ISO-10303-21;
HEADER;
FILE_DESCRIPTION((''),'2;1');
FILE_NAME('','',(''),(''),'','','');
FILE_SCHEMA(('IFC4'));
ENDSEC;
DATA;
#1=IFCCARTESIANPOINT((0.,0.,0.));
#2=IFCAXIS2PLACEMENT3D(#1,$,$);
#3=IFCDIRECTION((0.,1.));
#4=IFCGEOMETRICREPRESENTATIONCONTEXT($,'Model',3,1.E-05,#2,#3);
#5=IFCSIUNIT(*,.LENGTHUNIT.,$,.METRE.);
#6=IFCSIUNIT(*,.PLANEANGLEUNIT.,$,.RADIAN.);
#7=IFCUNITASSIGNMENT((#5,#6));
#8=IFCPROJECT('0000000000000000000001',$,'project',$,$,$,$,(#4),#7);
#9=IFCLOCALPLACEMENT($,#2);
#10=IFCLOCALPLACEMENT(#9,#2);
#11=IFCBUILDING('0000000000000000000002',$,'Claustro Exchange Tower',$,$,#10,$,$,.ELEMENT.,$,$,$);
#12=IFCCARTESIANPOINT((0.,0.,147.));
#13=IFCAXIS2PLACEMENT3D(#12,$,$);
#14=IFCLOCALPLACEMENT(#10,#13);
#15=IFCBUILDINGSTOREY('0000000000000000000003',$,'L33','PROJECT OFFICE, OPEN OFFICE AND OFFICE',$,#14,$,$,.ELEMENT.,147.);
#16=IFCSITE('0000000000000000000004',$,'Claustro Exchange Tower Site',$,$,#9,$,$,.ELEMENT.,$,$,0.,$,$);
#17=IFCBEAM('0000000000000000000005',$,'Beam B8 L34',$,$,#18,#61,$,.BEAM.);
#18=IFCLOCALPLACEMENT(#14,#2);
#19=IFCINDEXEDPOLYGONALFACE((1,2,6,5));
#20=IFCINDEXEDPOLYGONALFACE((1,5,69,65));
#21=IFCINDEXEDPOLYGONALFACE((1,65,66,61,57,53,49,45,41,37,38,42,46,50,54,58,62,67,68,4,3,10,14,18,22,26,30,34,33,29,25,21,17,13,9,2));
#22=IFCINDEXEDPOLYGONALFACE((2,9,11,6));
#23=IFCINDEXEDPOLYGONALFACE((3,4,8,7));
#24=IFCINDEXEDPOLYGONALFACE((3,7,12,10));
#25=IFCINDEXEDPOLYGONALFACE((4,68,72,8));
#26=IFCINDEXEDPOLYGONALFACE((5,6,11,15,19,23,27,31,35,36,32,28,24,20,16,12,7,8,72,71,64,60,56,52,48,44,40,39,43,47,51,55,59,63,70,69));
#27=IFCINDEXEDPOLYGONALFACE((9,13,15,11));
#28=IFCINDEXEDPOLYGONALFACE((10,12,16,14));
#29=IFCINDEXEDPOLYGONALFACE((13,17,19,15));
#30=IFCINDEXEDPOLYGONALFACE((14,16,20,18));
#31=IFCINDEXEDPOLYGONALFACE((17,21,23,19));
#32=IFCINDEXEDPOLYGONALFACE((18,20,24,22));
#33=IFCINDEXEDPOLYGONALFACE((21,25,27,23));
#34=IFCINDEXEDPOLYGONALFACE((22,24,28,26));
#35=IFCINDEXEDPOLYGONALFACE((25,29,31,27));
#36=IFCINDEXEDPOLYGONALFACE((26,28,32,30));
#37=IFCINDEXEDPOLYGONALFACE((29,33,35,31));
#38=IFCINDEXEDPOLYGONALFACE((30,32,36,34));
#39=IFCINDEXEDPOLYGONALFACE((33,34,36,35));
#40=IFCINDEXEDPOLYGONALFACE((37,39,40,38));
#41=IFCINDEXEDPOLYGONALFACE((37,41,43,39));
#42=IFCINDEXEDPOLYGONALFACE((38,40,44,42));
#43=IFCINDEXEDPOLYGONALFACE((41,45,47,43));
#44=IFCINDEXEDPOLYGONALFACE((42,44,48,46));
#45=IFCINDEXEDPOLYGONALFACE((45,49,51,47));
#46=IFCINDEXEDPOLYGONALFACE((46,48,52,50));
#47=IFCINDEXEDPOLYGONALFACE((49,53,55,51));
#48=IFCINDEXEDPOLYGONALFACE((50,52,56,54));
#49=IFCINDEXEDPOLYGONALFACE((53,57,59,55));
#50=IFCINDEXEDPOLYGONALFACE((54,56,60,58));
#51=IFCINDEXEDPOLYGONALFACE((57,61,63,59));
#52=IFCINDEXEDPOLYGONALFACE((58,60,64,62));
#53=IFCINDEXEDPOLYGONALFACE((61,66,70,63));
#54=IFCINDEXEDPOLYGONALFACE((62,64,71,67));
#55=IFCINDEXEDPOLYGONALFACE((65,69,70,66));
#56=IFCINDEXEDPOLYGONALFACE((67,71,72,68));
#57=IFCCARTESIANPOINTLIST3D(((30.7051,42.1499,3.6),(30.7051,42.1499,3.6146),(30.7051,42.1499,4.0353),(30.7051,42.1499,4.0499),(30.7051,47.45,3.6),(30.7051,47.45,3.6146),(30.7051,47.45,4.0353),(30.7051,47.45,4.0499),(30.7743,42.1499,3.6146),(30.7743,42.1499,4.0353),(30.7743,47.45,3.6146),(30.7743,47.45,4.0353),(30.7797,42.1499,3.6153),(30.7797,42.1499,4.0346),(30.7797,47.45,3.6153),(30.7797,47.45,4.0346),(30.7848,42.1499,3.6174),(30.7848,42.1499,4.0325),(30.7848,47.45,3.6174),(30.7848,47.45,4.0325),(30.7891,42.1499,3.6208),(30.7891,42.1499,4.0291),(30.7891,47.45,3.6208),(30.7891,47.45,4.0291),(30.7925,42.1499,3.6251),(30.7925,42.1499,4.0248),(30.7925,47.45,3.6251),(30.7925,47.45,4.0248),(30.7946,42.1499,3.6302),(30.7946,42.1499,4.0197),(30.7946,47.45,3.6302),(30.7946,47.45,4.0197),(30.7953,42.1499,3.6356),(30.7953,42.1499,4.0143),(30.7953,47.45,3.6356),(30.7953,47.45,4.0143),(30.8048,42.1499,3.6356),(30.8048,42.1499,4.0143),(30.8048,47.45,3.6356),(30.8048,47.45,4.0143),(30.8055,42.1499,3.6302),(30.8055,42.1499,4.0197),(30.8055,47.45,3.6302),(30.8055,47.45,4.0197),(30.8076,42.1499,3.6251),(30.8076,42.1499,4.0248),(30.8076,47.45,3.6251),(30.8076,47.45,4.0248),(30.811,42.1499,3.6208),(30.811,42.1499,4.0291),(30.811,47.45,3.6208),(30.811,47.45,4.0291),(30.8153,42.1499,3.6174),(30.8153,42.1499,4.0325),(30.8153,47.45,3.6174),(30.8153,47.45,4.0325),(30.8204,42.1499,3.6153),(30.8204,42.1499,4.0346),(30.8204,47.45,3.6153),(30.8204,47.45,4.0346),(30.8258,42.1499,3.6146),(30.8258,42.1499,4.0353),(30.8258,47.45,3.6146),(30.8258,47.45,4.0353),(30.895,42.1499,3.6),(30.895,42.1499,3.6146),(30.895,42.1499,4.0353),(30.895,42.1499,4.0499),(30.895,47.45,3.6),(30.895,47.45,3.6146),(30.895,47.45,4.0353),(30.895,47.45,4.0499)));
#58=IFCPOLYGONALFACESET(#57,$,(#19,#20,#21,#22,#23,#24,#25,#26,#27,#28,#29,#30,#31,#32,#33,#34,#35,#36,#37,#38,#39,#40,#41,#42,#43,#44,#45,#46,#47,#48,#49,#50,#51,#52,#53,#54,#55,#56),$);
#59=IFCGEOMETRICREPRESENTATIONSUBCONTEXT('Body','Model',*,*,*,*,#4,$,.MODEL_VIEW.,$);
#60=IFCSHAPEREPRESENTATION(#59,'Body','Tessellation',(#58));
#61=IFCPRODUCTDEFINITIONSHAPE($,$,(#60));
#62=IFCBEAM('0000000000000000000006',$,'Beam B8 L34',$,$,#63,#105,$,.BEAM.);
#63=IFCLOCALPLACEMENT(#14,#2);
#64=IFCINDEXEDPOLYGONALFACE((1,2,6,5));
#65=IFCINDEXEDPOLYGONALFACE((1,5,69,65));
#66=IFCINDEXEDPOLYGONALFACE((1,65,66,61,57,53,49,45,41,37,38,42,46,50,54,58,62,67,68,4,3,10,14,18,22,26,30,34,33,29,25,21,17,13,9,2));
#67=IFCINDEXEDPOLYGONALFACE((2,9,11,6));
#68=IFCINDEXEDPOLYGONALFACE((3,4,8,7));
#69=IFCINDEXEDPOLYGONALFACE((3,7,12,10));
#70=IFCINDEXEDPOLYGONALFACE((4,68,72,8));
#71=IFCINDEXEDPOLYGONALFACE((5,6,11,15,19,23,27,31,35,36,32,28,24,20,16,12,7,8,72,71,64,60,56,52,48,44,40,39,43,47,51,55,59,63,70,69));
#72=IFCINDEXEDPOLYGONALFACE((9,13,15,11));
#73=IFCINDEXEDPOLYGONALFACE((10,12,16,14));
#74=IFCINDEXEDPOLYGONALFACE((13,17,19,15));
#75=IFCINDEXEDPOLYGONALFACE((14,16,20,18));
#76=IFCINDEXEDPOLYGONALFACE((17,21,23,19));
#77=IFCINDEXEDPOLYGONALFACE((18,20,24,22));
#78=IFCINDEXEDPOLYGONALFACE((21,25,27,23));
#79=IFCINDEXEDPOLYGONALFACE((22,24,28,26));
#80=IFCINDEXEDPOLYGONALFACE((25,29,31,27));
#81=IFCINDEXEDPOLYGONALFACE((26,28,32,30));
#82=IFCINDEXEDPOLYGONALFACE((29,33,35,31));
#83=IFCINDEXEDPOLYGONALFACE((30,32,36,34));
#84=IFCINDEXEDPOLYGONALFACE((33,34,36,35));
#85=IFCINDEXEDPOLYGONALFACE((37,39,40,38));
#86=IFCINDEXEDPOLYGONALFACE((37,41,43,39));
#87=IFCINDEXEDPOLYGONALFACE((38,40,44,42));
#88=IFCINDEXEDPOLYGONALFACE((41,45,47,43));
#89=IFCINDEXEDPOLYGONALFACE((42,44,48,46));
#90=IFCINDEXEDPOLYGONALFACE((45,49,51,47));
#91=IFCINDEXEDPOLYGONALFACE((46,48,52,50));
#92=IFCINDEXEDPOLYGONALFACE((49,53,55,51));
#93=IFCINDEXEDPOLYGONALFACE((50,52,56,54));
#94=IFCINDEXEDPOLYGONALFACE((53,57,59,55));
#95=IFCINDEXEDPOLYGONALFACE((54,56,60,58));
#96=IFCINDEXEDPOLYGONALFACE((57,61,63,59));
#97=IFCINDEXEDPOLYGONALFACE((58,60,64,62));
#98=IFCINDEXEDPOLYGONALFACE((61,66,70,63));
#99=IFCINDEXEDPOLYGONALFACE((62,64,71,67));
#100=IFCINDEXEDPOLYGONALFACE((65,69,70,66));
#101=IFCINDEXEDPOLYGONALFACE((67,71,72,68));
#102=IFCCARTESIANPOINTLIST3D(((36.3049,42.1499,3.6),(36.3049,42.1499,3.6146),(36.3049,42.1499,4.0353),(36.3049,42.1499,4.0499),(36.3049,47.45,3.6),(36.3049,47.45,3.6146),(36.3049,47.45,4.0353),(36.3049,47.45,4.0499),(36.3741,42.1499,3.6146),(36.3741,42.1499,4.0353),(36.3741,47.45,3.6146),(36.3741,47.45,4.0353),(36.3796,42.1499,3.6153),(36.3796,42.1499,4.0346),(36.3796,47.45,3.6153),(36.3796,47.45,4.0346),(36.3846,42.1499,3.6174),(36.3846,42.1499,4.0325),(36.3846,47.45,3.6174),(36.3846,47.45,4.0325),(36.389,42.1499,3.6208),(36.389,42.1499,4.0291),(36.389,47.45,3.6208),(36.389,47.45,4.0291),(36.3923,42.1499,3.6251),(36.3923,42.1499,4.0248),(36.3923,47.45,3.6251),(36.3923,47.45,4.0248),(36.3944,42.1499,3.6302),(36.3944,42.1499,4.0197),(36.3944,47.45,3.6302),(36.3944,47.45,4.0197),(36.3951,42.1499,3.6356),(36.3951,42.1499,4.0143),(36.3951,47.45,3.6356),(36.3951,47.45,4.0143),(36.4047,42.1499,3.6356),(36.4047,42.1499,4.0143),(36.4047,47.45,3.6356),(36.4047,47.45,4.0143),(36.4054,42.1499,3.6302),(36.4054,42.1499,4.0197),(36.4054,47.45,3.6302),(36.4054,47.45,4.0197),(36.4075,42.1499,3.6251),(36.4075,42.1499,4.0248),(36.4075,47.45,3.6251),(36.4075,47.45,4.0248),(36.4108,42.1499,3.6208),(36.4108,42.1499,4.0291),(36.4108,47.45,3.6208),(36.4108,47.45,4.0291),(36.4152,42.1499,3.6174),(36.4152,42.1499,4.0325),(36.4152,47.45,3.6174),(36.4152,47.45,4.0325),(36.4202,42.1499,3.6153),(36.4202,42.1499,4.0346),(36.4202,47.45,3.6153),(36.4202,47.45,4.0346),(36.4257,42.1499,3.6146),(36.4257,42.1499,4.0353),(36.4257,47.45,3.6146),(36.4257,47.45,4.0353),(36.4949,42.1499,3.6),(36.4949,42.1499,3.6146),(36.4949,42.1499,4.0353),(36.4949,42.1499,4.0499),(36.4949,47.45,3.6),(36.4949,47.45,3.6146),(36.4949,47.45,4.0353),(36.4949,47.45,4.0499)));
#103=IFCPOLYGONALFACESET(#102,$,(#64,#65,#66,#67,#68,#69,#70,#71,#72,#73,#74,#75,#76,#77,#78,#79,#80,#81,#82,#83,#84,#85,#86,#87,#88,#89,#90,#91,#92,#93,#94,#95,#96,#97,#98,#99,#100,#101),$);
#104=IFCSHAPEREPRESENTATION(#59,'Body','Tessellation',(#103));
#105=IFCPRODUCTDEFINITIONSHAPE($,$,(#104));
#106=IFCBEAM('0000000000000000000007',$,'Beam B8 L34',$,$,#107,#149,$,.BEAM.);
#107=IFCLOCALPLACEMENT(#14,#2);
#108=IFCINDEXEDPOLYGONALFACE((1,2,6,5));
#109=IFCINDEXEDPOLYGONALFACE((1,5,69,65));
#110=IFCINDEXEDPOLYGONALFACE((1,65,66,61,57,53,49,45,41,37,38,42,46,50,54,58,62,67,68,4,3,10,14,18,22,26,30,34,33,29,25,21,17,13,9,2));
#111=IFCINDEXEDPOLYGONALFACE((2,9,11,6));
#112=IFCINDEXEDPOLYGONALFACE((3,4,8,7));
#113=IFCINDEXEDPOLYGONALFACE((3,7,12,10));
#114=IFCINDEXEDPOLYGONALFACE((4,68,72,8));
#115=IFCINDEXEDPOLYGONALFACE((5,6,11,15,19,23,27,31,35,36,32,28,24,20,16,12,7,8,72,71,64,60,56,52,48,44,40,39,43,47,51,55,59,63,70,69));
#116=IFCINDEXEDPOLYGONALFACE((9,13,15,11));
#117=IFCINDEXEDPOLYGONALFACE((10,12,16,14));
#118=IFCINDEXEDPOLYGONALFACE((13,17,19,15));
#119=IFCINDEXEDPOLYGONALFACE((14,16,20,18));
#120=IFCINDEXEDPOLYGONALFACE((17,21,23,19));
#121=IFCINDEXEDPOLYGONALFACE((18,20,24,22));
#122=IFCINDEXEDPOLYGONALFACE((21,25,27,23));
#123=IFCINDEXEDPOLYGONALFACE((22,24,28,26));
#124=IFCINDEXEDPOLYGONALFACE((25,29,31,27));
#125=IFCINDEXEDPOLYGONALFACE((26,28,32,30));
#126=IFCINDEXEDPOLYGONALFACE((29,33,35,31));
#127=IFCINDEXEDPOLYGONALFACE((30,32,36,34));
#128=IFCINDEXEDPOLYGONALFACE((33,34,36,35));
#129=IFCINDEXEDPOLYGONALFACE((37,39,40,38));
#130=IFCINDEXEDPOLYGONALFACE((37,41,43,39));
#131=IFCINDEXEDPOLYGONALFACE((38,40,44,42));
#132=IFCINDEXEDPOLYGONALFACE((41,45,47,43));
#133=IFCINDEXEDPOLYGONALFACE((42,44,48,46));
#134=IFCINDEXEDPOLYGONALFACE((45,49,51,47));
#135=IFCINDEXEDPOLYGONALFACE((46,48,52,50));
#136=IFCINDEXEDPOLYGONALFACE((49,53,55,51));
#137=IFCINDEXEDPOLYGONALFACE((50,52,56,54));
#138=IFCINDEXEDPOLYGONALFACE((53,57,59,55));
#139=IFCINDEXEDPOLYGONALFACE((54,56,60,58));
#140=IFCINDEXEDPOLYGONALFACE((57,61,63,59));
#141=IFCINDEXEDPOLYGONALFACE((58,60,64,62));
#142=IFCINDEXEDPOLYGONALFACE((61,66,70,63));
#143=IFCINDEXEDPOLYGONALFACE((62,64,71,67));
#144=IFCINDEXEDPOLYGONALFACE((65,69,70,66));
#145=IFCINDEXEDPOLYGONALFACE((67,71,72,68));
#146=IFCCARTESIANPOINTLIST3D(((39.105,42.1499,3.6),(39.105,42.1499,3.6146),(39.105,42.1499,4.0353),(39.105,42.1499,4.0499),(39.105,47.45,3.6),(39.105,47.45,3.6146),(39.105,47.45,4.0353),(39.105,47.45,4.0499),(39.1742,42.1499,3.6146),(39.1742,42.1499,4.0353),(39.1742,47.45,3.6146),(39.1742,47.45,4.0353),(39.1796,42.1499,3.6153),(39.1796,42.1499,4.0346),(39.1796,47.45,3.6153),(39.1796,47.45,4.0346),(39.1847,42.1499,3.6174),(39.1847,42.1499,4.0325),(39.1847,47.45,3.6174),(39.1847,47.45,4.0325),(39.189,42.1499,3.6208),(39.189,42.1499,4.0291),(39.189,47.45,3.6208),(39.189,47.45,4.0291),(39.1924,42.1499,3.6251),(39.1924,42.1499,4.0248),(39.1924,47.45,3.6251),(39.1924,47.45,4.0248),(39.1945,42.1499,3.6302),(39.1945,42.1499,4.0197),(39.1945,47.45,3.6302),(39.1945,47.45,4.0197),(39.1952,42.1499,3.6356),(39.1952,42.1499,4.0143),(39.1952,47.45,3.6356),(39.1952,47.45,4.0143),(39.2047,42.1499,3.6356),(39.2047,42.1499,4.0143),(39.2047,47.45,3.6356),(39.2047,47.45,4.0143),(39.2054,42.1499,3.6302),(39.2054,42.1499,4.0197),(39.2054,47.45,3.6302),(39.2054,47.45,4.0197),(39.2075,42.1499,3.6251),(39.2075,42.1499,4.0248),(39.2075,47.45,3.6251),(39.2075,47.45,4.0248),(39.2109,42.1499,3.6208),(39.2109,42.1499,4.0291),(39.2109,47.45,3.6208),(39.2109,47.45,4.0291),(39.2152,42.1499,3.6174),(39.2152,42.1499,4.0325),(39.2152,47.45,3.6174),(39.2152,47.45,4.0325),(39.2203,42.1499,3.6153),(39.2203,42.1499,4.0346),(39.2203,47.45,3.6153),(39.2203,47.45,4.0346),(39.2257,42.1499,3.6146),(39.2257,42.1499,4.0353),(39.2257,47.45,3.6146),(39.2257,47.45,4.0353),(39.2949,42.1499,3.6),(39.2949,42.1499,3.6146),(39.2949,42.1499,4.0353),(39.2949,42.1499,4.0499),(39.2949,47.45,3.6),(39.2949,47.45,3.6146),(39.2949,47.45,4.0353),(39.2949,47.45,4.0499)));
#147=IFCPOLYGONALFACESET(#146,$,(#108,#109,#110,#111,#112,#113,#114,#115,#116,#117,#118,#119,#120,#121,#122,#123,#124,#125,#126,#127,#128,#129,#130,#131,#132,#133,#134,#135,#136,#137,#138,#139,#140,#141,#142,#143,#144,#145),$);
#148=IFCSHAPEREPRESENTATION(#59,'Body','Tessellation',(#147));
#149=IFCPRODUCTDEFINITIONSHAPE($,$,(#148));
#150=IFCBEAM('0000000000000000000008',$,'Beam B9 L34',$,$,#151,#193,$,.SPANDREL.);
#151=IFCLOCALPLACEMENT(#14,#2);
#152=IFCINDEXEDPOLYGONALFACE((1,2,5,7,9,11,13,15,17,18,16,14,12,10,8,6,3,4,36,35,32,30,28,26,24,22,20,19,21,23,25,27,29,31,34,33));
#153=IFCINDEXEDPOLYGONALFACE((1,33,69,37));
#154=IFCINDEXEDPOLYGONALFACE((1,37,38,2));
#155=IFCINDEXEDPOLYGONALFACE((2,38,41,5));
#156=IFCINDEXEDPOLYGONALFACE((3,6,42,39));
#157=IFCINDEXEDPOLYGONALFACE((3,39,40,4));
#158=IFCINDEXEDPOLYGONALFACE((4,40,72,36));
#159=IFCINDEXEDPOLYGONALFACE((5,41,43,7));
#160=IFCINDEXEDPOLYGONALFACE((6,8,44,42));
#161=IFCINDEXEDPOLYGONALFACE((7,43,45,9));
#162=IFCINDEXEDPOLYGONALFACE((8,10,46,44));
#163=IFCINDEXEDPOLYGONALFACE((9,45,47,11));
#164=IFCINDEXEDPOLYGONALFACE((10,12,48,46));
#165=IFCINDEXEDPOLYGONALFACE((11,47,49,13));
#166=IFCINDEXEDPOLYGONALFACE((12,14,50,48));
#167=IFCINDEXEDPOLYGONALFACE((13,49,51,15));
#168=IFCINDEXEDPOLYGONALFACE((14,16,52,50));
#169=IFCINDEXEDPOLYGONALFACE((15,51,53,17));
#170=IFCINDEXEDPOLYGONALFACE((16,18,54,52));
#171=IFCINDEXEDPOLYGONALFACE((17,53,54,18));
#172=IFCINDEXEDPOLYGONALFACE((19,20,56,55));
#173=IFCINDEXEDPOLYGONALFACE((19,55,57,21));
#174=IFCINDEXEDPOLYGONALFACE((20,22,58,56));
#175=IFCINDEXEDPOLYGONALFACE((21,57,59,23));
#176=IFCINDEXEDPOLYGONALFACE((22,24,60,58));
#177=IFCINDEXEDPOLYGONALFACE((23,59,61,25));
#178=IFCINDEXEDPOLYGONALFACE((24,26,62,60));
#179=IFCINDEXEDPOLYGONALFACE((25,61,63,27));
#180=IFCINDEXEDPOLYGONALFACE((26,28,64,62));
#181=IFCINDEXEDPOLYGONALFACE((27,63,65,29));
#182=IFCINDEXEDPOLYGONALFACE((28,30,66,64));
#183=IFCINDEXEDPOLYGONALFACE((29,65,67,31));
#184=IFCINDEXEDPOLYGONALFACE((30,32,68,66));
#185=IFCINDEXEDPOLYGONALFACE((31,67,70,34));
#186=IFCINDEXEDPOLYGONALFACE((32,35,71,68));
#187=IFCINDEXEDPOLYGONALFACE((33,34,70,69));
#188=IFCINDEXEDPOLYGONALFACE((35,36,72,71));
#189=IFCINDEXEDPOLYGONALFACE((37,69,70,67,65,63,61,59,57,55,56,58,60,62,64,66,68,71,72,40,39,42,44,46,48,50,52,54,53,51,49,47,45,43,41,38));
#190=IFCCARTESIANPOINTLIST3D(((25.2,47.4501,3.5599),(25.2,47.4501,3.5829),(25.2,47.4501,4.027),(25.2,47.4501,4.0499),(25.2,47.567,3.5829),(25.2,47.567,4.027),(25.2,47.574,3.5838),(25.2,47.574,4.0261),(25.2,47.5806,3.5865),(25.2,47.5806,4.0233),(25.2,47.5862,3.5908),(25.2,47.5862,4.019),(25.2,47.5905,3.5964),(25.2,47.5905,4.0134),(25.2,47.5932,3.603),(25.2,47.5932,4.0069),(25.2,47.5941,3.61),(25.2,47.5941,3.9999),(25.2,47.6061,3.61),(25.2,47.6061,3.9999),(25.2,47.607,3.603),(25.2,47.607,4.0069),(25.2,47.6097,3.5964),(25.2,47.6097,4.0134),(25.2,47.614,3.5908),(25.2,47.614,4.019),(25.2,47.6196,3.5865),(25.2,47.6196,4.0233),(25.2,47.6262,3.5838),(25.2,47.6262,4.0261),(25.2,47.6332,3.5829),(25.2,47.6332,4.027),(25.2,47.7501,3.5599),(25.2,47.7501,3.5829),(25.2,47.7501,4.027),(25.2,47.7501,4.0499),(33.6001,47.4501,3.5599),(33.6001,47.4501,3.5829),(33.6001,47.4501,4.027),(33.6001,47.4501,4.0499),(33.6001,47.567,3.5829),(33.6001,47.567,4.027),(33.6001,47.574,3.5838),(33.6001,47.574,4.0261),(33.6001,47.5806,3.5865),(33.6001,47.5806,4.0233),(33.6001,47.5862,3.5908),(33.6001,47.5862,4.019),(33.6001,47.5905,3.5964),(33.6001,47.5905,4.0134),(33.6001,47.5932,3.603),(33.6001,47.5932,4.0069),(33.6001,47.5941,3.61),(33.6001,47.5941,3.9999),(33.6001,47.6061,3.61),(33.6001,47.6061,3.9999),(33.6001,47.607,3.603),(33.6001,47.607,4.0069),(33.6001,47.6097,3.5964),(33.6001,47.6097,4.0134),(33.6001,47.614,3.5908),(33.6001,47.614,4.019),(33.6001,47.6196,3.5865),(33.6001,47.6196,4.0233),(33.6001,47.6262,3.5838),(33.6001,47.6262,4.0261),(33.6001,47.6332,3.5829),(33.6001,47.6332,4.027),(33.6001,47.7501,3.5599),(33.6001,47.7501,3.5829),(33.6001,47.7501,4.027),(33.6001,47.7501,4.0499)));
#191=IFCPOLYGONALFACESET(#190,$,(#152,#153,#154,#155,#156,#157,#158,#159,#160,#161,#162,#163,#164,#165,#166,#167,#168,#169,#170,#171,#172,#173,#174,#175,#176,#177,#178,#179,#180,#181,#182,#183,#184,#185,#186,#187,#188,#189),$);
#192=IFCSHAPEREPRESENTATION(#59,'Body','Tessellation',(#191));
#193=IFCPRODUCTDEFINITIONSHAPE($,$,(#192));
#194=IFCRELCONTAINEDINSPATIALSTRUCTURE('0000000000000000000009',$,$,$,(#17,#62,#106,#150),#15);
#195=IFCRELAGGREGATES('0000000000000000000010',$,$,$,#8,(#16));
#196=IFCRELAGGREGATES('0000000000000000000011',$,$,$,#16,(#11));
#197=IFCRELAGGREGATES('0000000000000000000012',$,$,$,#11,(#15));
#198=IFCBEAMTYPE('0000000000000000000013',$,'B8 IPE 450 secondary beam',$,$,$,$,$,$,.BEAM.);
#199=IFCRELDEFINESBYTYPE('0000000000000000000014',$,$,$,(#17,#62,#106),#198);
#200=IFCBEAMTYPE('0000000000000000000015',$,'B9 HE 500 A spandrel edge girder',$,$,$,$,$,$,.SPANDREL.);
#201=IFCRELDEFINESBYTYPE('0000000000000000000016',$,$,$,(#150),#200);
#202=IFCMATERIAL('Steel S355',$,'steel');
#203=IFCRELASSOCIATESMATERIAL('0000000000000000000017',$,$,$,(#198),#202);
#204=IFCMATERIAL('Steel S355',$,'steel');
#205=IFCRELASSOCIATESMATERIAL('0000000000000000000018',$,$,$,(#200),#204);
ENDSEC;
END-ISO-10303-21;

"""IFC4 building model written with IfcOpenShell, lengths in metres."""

from ifc_helpers import new_model, si_unit, direction, frame, origin, origin_2d, place, context, subcontext, project, spatial, i_section, extrude, material, material_profile, profile_set, type_object, element, save


model = new_model("IFC4")

# Units and contexts
model_context = context("Model", 3, precision=1e-05, world=origin(), true_north=direction((0.0, 1.0)))
body_context = subcontext(model_context, "Body", "Model", "MODEL_VIEW")
ifc_project = project(units=[si_unit("LENGTHUNIT", "METRE"), si_unit("PLANEANGLEUNIT", "RADIAN")], contexts=[model_context])

# Site, building, storey
site_placement = place(None, origin())
site = spatial("IfcSite", under=ifc_project, at=site_placement, Name="Claustro Exchange Tower Site", CompositionType="ELEMENT", RefElevation=0.0)
building_placement = place(site_placement, origin())
building = spatial("IfcBuilding", under=site, at=building_placement, Name="Claustro Exchange Tower", CompositionType="ELEMENT")
storey_placement = place(building_placement, frame((0.0, 0.0, 147.0)))
storey = spatial("IfcBuildingStorey", under=building, at=storey_placement, Name="L33", Description="PROJECT OFFICE, OPEN OFFICE AND OFFICE", CompositionType="ELEMENT", Elevation=147.0)

# Beams
ifc_material_1 = material(Name="Steel S355", Category="steel")
ifc_material_profile_1 = material_profile(ifc_material_1, i_section(OverallWidth=0.1899, OverallDepth=0.45, WebThickness=0.0095, FlangeThickness=0.0146, FilletRadius=0.021, at=origin_2d()), Name="IPE 450")
ifc_profile_set_1 = profile_set([ifc_material_profile_1], Name="Steel S355")
beam_type_1 = type_object("IfcBeamType", Name="B8 IPE 450 secondary beam", PredefinedType="BEAM", material=ifc_profile_set_1)
for number, where, z_axis, x_axis, name in (
    (1, (30.8, 42.1499, 3.825), (0.0, 1.0, 0.0), (-1.0, 0.0, 0.0), "Beam B8 L34"),
    (2, (36.3999, 42.1499, 3.825), (0.0, 1.0, 0.0), (-1.0, 0.0, 0.0), "Beam B8 L34"),
    (3, (39.2, 42.1499, 3.825), (0.0, 1.0, 0.0), (-1.0, 0.0, 0.0), "Beam B8 L34"),
):
    element("IfcBeam", number, at=place(storey_placement, frame(where, z_axis=z_axis, x_axis=x_axis)), inside=storey, type_object=beam_type_1, Name=name, PredefinedType="BEAM", context=body_context, shape_type="SweptSolid", body=[
        extrude(i_section(OverallWidth=0.1899, OverallDepth=0.45, WebThickness=0.0095, FlangeThickness=0.0146, FilletRadius=0.021, at=origin_2d()), origin(), (0.0, 0.0, 1.0), 5.3),
    ])
ifc_material_2 = material(Name="Steel S355", Category="steel")
ifc_material_profile_2 = material_profile(ifc_material_2, i_section(OverallWidth=0.3, OverallDepth=0.49, WebThickness=0.012, FlangeThickness=0.0229, FilletRadius=0.0271, at=origin_2d()), Name="HE 500 A")
ifc_profile_set_2 = profile_set([ifc_material_profile_2], Name="Steel S355")
beam_type_2 = type_object("IfcBeamType", Name="B9 HE 500 A spandrel edge girder", PredefinedType="SPANDREL", material=ifc_profile_set_2)
beam_1_placement = place(storey_placement, frame((25.2, 47.6001, 3.8049), z_axis=(1.0, 0.0, 0.0), x_axis=(0.0, 1.0, 0.0)))
element("IfcBeam", 4, at=beam_1_placement, inside=storey, type_object=beam_type_2, Name="Beam B9 L34", PredefinedType="SPANDREL", context=body_context, shape_type="SweptSolid", body=[
    extrude(i_section(OverallWidth=0.3, OverallDepth=0.49, WebThickness=0.012, FlangeThickness=0.0229, FilletRadius=0.0271, at=origin_2d()), origin(), (0.0, 0.0, 1.0), 8.4001),
])

save(model, "model.ifc")
